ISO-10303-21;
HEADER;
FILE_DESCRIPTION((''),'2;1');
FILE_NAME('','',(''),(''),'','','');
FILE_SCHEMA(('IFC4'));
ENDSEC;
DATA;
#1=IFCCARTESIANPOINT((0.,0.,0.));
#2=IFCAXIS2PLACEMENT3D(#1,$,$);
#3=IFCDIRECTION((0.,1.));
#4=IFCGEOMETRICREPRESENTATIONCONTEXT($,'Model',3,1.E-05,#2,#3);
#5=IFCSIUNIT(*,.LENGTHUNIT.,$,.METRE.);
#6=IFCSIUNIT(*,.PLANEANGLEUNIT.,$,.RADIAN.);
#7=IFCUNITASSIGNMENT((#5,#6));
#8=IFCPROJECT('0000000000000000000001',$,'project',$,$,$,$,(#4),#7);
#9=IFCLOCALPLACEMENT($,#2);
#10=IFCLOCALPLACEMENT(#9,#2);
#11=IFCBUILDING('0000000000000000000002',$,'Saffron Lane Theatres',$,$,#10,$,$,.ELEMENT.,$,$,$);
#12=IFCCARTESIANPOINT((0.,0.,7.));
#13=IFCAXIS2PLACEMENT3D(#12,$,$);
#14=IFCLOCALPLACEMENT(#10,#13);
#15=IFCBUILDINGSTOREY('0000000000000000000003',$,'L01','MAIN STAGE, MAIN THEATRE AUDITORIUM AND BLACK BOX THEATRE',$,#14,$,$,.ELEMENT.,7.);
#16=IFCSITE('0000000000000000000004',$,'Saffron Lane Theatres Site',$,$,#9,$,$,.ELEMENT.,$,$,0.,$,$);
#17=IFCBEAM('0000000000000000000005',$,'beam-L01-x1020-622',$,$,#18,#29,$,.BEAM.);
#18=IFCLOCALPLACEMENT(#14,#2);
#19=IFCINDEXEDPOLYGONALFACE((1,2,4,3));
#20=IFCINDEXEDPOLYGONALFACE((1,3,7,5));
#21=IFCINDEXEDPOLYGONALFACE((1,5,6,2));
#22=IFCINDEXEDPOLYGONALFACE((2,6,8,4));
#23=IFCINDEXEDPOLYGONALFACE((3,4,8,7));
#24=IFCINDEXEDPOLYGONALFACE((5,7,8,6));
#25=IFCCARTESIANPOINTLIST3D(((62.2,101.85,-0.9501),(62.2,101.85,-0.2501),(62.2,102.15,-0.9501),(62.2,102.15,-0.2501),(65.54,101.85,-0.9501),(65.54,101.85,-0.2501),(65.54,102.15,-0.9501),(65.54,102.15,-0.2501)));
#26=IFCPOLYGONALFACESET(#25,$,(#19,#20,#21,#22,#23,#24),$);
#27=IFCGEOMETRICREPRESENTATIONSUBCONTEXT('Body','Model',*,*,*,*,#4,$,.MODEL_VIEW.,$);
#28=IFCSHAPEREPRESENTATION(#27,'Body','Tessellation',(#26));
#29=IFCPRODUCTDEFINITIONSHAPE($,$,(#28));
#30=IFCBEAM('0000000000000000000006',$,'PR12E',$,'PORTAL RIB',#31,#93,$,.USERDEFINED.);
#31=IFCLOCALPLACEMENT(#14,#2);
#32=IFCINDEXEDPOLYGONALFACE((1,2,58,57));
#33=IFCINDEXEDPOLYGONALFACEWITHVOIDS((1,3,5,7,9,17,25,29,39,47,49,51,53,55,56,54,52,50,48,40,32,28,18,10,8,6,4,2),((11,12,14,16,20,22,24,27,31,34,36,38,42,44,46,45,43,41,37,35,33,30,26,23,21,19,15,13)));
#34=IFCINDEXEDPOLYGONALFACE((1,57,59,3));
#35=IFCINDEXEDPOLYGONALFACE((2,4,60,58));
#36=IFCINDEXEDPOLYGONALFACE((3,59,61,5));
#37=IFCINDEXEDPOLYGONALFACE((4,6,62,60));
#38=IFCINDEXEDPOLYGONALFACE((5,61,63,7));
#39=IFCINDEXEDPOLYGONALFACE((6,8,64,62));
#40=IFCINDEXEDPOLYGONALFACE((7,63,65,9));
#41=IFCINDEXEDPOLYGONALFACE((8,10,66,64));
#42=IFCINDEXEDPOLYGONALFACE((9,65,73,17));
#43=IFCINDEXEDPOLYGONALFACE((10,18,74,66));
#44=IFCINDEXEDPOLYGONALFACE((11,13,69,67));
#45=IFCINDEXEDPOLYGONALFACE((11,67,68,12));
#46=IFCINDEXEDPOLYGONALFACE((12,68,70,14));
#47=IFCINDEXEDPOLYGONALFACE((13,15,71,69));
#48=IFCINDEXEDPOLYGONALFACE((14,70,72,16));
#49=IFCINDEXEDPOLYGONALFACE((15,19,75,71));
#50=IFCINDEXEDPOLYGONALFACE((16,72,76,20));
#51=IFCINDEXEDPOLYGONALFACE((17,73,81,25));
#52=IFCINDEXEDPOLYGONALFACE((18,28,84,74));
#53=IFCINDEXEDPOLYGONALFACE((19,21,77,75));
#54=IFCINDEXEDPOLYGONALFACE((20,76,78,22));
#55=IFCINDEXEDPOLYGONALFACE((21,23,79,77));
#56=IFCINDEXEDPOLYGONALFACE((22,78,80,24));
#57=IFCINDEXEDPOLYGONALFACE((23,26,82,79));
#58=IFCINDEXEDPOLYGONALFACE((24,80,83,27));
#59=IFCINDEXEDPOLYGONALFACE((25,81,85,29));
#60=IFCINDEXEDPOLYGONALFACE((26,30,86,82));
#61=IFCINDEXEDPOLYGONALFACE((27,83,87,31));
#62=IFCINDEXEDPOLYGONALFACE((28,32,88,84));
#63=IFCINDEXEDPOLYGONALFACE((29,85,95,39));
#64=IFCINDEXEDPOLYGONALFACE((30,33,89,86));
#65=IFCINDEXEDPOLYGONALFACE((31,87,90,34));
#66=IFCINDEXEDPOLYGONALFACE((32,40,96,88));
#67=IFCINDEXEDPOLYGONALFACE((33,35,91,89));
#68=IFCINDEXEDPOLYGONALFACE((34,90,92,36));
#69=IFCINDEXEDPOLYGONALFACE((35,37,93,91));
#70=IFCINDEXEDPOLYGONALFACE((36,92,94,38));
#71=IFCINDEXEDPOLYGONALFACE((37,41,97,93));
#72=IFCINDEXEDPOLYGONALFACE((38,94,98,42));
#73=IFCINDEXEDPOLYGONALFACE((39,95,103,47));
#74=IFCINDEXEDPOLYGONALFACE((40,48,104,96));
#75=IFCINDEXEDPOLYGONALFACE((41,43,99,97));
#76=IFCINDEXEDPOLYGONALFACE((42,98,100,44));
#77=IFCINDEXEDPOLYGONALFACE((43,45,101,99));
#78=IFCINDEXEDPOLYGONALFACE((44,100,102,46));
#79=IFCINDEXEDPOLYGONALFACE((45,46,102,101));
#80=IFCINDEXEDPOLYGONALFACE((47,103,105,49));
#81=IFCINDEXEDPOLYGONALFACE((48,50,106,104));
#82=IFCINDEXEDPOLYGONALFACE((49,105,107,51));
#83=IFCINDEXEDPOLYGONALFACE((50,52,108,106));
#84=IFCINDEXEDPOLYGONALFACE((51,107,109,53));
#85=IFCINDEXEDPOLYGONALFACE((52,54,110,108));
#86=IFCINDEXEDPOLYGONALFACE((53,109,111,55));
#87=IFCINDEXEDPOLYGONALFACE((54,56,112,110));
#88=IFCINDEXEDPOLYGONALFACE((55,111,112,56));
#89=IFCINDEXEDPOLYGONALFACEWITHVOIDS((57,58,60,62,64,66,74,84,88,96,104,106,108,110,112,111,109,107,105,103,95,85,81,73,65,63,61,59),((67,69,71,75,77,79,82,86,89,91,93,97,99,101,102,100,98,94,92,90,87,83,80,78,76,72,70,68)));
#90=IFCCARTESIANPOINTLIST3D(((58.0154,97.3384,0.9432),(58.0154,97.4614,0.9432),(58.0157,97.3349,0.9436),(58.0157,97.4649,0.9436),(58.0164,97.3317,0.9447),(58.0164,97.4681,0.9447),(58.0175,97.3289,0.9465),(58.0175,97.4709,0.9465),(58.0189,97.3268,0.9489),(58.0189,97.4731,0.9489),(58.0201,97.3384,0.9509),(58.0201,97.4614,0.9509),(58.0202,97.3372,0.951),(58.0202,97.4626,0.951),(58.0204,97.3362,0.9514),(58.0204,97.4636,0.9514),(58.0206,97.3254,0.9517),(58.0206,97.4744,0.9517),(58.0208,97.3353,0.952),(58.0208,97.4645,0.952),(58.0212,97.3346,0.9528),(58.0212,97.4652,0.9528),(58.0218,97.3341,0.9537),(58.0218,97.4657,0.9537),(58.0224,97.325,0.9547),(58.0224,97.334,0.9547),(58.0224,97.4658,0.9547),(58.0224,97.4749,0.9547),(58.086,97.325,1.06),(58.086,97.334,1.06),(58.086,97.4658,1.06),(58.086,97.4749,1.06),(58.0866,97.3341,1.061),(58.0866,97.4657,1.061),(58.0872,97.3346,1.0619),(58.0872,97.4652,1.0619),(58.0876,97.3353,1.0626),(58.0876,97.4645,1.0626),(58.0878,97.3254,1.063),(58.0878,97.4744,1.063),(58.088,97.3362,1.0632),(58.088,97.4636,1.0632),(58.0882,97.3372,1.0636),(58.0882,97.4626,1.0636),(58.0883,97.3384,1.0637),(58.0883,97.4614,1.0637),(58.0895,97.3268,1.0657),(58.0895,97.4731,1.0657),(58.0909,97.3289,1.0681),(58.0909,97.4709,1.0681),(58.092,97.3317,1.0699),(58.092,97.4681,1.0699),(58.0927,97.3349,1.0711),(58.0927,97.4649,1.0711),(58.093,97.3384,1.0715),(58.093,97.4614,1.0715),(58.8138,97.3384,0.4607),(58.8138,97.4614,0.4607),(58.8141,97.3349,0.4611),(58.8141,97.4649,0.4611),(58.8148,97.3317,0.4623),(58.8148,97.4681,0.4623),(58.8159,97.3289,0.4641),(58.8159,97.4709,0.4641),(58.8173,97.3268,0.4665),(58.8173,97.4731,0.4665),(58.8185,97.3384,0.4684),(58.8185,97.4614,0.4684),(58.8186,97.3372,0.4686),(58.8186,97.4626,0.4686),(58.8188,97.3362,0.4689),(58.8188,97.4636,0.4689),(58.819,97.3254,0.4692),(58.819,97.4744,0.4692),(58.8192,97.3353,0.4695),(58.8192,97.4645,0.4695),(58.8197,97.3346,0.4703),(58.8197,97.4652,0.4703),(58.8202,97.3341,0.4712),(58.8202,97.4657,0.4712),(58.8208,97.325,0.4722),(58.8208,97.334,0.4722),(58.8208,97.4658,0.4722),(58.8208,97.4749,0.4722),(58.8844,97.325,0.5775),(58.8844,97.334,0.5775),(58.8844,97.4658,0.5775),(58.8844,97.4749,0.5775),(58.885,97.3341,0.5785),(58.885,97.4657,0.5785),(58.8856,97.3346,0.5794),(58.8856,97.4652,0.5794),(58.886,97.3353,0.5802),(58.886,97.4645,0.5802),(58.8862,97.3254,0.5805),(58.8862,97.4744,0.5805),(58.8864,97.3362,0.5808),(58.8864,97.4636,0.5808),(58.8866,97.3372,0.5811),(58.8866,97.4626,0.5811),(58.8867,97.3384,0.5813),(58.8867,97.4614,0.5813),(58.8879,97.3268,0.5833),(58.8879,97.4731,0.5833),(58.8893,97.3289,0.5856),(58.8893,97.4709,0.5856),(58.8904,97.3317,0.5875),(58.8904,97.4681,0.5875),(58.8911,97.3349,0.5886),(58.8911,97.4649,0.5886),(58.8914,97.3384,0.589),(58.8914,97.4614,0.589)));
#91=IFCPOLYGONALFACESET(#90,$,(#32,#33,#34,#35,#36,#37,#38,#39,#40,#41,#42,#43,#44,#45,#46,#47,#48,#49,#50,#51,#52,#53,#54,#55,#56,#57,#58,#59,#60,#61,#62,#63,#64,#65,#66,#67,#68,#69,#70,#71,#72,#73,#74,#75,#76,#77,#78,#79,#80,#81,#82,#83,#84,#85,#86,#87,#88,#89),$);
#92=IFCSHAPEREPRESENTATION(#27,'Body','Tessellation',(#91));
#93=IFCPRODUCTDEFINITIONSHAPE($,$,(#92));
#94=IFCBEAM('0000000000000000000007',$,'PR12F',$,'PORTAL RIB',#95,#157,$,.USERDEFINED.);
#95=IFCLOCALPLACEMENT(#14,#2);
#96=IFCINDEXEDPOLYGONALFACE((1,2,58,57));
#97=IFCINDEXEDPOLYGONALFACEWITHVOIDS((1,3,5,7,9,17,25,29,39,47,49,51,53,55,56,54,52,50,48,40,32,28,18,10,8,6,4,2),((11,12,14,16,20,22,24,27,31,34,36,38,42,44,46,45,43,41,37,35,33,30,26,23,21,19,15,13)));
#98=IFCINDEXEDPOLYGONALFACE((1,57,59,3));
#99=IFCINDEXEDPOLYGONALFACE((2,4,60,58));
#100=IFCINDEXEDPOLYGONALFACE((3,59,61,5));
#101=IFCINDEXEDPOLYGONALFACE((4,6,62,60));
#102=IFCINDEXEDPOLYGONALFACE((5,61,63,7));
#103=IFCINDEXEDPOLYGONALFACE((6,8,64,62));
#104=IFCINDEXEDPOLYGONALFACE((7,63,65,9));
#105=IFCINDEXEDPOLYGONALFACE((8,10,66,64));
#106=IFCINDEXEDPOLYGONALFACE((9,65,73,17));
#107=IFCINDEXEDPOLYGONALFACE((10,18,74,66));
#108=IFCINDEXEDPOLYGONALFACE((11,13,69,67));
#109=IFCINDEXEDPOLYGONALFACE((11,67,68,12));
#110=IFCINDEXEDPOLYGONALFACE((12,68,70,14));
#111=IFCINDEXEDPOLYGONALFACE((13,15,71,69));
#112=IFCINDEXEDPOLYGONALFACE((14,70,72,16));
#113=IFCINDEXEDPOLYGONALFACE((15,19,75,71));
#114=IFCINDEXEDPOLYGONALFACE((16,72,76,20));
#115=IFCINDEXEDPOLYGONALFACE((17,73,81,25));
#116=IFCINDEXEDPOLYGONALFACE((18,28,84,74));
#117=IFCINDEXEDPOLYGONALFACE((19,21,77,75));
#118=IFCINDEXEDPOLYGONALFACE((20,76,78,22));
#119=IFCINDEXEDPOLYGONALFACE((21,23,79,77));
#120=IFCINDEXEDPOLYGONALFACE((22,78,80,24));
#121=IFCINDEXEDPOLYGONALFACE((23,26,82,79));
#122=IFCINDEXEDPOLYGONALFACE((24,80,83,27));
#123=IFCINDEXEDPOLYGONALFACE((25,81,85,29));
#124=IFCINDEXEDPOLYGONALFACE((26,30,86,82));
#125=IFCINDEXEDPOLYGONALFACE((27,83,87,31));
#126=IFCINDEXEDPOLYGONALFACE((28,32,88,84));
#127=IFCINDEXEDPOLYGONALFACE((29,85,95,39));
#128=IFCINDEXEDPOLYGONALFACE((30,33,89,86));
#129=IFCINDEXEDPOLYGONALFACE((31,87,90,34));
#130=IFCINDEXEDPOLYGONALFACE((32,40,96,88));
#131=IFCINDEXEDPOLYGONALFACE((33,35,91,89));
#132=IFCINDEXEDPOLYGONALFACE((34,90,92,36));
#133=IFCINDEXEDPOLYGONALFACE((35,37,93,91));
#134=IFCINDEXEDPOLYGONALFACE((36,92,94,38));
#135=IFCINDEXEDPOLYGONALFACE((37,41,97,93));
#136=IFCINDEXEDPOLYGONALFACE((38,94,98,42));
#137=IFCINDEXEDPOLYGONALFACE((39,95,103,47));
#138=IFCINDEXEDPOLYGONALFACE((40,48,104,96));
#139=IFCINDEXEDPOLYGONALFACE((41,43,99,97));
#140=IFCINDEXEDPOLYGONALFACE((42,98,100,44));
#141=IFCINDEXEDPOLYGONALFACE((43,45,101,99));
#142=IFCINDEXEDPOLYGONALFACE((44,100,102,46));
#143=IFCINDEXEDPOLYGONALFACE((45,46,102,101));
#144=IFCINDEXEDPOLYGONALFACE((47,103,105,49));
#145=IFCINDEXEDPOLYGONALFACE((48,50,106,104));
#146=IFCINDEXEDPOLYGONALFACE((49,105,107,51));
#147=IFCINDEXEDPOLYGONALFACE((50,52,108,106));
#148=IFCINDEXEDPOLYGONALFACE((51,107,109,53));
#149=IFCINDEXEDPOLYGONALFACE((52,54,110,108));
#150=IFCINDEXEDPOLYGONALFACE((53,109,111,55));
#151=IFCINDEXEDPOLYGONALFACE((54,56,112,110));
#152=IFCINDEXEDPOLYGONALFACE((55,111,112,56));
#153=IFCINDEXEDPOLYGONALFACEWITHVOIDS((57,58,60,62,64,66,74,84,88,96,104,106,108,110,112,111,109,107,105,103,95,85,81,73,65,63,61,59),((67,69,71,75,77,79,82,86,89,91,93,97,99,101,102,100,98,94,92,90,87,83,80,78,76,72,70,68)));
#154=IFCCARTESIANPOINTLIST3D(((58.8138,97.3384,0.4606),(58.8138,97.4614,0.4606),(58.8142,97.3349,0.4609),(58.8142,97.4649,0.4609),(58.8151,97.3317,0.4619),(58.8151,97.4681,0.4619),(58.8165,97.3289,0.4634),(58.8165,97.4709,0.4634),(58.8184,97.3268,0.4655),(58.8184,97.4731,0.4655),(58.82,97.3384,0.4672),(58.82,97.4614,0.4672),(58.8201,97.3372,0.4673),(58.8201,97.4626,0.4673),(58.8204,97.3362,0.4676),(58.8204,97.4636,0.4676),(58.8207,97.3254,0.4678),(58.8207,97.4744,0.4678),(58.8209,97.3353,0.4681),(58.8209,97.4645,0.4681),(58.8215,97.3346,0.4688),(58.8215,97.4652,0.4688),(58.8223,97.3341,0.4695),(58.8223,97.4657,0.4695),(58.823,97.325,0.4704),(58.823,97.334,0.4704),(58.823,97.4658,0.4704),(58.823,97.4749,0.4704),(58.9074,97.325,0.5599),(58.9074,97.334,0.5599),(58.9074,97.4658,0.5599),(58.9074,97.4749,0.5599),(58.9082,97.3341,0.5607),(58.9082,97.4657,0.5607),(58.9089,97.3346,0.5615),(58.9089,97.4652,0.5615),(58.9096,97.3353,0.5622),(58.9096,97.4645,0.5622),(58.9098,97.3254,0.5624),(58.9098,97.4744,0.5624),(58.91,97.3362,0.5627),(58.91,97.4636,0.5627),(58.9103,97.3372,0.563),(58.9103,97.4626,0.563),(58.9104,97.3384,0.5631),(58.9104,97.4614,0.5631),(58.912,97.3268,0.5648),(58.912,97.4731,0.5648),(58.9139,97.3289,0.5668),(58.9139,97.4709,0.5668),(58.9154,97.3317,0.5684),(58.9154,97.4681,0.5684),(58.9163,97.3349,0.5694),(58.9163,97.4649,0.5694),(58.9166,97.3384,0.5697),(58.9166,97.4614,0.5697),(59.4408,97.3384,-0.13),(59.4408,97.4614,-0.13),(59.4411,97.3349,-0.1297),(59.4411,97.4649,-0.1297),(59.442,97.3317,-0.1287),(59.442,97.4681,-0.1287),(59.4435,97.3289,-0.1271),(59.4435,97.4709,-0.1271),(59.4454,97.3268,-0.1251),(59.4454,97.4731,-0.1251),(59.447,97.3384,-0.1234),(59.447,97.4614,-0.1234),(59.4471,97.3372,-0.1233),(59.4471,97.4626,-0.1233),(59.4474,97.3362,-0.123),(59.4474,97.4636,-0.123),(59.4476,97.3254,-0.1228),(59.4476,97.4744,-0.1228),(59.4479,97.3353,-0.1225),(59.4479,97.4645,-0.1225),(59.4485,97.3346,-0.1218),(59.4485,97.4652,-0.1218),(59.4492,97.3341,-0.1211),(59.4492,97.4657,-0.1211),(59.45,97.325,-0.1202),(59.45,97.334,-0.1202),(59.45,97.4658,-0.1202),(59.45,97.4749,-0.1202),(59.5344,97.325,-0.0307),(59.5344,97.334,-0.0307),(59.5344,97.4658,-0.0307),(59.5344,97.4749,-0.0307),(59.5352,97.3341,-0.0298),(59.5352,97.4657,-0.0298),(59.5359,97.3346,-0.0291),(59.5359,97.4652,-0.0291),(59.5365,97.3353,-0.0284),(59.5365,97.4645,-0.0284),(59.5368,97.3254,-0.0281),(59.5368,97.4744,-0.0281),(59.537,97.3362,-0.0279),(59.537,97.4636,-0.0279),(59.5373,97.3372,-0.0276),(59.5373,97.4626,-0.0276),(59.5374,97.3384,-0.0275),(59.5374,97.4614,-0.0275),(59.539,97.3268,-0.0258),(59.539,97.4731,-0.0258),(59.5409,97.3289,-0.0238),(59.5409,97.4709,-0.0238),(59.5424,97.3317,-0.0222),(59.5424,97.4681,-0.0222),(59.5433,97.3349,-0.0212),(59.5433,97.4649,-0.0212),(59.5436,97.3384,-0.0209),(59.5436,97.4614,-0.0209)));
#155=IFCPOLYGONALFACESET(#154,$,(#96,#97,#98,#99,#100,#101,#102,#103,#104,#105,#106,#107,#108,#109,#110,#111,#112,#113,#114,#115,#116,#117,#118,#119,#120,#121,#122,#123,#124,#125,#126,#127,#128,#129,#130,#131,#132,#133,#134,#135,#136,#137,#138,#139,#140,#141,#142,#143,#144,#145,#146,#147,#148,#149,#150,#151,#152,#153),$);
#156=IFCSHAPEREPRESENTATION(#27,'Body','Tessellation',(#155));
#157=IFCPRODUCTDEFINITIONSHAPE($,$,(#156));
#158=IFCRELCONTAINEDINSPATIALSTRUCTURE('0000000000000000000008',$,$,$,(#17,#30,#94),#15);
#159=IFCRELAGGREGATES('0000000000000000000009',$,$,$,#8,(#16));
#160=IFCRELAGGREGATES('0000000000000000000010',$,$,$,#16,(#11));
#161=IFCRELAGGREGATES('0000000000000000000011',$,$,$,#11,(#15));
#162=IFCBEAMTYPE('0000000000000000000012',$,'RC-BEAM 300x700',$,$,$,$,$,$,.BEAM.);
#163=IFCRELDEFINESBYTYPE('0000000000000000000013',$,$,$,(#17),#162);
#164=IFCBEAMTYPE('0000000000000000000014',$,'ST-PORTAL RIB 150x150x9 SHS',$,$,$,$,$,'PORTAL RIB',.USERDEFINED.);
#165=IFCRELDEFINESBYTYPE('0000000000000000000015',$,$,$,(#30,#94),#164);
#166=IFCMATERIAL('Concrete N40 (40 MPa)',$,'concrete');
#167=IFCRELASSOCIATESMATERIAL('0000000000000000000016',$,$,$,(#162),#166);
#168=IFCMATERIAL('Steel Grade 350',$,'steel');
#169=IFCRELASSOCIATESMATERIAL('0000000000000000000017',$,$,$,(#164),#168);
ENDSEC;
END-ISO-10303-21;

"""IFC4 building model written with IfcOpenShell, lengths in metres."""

from ifc_helpers import new_model, si_unit, direction, frame, origin, origin_2d, place, context, subcontext, project, spatial, rectangle, hollow_rectangle, extrude, material, material_profile, profile_set, type_object, element, save


model = new_model("IFC4")

# Units and contexts
model_context = context("Model", 3, precision=1e-05, world=origin(), true_north=direction((0.0, 1.0)))
body_context = subcontext(model_context, "Body", "Model", "MODEL_VIEW")
ifc_project = project(units=[si_unit("LENGTHUNIT", "METRE"), si_unit("PLANEANGLEUNIT", "RADIAN")], contexts=[model_context])

# Site, building, storey
site_placement = place(None, origin())
site = spatial("IfcSite", under=ifc_project, at=site_placement, Name="Saffron Lane Theatres Site", CompositionType="ELEMENT", RefElevation=0.0)
building_placement = place(site_placement, origin())
building = spatial("IfcBuilding", under=site, at=building_placement, Name="Saffron Lane Theatres", CompositionType="ELEMENT")
storey_placement = place(building_placement, frame((0.0, 0.0, 7.0)))
storey = spatial("IfcBuildingStorey", under=building, at=storey_placement, Name="L01", Description="MAIN STAGE, MAIN THEATRE AUDITORIUM AND BLACK BOX THEATRE", CompositionType="ELEMENT", Elevation=7.0)

# Beams
ifc_material_1 = material(Name="Concrete N40 (40 MPa)", Category="concrete")
ifc_material_profile_1 = material_profile(ifc_material_1, rectangle(XDim=0.3, YDim=0.7, at=origin_2d()))
ifc_profile_set_1 = profile_set([ifc_material_profile_1], Name="Concrete N40 (40 MPa)")
beam_type_1 = type_object("IfcBeamType", Name="RC-BEAM 300x700", PredefinedType="BEAM", material=ifc_profile_set_1)
beam_1_placement = place(storey_placement, frame((62.2, 102.0, -0.6001), z_axis=(1.0, 0.0, 0.0), x_axis=(0.0, 1.0, 0.0)))
element("IfcBeam", 1, at=beam_1_placement, inside=storey, type_object=beam_type_1, Name="beam-L01-x1020-622", PredefinedType="BEAM", context=body_context, shape_type="SweptSolid", body=[
    extrude(rectangle(XDim=0.3, YDim=0.7, at=origin_2d()), origin(), (0.0, 0.0, 1.0), 3.3401),
])
ifc_material_2 = material(Name="Steel Grade 350", Category="steel")
ifc_material_profile_2 = material_profile(ifc_material_2, hollow_rectangle(XDim=0.1499, YDim=0.1499, WallThickness=0.009, InnerFilletRadius=0.0044, OuterFilletRadius=0.0134, at=origin_2d()))
ifc_profile_set_2 = profile_set([ifc_material_profile_2], Name="Steel Grade 350")
beam_type_2 = type_object("IfcBeamType", Name="ST-PORTAL RIB 150x150x9 SHS", ElementType="PORTAL RIB", PredefinedType="USERDEFINED", material=ifc_profile_set_2)
beam_2_placement = place(storey_placement, frame((58.0542, 97.3999, 1.0073), z_axis=(0.855872, 0.0, -0.517188), x_axis=(0.0, 1.0, 0.0)))
element("IfcBeam", 2, at=beam_2_placement, inside=storey, type_object=beam_type_2, Name="PR12E", ObjectType="PORTAL RIB", PredefinedType="USERDEFINED", context=body_context, shape_type="SweptSolid", body=[
    extrude(hollow_rectangle(XDim=0.1499, YDim=0.1499, WallThickness=0.009, InnerFilletRadius=0.0044, OuterFilletRadius=0.0134, at=origin_2d()), origin(), (0.0, 0.0, 1.0), 0.9329),
])
beam_3_placement = place(storey_placement, frame((58.8652, 97.3999, 0.5151), z_axis=(0.727909, 0.0, -0.685674), x_axis=(0.0, 1.0, 0.0)))
element("IfcBeam", 3, at=beam_3_placement, inside=storey, type_object=beam_type_2, Name="PR12F", ObjectType="PORTAL RIB", PredefinedType="USERDEFINED", context=body_context, shape_type="SweptSolid", body=[
    extrude(hollow_rectangle(XDim=0.1499, YDim=0.1499, WallThickness=0.009, InnerFilletRadius=0.0044, OuterFilletRadius=0.0134, at=origin_2d()), origin(), (0.0, 0.0, 1.0), 0.8613),
])

save(model, "model.ifc")
